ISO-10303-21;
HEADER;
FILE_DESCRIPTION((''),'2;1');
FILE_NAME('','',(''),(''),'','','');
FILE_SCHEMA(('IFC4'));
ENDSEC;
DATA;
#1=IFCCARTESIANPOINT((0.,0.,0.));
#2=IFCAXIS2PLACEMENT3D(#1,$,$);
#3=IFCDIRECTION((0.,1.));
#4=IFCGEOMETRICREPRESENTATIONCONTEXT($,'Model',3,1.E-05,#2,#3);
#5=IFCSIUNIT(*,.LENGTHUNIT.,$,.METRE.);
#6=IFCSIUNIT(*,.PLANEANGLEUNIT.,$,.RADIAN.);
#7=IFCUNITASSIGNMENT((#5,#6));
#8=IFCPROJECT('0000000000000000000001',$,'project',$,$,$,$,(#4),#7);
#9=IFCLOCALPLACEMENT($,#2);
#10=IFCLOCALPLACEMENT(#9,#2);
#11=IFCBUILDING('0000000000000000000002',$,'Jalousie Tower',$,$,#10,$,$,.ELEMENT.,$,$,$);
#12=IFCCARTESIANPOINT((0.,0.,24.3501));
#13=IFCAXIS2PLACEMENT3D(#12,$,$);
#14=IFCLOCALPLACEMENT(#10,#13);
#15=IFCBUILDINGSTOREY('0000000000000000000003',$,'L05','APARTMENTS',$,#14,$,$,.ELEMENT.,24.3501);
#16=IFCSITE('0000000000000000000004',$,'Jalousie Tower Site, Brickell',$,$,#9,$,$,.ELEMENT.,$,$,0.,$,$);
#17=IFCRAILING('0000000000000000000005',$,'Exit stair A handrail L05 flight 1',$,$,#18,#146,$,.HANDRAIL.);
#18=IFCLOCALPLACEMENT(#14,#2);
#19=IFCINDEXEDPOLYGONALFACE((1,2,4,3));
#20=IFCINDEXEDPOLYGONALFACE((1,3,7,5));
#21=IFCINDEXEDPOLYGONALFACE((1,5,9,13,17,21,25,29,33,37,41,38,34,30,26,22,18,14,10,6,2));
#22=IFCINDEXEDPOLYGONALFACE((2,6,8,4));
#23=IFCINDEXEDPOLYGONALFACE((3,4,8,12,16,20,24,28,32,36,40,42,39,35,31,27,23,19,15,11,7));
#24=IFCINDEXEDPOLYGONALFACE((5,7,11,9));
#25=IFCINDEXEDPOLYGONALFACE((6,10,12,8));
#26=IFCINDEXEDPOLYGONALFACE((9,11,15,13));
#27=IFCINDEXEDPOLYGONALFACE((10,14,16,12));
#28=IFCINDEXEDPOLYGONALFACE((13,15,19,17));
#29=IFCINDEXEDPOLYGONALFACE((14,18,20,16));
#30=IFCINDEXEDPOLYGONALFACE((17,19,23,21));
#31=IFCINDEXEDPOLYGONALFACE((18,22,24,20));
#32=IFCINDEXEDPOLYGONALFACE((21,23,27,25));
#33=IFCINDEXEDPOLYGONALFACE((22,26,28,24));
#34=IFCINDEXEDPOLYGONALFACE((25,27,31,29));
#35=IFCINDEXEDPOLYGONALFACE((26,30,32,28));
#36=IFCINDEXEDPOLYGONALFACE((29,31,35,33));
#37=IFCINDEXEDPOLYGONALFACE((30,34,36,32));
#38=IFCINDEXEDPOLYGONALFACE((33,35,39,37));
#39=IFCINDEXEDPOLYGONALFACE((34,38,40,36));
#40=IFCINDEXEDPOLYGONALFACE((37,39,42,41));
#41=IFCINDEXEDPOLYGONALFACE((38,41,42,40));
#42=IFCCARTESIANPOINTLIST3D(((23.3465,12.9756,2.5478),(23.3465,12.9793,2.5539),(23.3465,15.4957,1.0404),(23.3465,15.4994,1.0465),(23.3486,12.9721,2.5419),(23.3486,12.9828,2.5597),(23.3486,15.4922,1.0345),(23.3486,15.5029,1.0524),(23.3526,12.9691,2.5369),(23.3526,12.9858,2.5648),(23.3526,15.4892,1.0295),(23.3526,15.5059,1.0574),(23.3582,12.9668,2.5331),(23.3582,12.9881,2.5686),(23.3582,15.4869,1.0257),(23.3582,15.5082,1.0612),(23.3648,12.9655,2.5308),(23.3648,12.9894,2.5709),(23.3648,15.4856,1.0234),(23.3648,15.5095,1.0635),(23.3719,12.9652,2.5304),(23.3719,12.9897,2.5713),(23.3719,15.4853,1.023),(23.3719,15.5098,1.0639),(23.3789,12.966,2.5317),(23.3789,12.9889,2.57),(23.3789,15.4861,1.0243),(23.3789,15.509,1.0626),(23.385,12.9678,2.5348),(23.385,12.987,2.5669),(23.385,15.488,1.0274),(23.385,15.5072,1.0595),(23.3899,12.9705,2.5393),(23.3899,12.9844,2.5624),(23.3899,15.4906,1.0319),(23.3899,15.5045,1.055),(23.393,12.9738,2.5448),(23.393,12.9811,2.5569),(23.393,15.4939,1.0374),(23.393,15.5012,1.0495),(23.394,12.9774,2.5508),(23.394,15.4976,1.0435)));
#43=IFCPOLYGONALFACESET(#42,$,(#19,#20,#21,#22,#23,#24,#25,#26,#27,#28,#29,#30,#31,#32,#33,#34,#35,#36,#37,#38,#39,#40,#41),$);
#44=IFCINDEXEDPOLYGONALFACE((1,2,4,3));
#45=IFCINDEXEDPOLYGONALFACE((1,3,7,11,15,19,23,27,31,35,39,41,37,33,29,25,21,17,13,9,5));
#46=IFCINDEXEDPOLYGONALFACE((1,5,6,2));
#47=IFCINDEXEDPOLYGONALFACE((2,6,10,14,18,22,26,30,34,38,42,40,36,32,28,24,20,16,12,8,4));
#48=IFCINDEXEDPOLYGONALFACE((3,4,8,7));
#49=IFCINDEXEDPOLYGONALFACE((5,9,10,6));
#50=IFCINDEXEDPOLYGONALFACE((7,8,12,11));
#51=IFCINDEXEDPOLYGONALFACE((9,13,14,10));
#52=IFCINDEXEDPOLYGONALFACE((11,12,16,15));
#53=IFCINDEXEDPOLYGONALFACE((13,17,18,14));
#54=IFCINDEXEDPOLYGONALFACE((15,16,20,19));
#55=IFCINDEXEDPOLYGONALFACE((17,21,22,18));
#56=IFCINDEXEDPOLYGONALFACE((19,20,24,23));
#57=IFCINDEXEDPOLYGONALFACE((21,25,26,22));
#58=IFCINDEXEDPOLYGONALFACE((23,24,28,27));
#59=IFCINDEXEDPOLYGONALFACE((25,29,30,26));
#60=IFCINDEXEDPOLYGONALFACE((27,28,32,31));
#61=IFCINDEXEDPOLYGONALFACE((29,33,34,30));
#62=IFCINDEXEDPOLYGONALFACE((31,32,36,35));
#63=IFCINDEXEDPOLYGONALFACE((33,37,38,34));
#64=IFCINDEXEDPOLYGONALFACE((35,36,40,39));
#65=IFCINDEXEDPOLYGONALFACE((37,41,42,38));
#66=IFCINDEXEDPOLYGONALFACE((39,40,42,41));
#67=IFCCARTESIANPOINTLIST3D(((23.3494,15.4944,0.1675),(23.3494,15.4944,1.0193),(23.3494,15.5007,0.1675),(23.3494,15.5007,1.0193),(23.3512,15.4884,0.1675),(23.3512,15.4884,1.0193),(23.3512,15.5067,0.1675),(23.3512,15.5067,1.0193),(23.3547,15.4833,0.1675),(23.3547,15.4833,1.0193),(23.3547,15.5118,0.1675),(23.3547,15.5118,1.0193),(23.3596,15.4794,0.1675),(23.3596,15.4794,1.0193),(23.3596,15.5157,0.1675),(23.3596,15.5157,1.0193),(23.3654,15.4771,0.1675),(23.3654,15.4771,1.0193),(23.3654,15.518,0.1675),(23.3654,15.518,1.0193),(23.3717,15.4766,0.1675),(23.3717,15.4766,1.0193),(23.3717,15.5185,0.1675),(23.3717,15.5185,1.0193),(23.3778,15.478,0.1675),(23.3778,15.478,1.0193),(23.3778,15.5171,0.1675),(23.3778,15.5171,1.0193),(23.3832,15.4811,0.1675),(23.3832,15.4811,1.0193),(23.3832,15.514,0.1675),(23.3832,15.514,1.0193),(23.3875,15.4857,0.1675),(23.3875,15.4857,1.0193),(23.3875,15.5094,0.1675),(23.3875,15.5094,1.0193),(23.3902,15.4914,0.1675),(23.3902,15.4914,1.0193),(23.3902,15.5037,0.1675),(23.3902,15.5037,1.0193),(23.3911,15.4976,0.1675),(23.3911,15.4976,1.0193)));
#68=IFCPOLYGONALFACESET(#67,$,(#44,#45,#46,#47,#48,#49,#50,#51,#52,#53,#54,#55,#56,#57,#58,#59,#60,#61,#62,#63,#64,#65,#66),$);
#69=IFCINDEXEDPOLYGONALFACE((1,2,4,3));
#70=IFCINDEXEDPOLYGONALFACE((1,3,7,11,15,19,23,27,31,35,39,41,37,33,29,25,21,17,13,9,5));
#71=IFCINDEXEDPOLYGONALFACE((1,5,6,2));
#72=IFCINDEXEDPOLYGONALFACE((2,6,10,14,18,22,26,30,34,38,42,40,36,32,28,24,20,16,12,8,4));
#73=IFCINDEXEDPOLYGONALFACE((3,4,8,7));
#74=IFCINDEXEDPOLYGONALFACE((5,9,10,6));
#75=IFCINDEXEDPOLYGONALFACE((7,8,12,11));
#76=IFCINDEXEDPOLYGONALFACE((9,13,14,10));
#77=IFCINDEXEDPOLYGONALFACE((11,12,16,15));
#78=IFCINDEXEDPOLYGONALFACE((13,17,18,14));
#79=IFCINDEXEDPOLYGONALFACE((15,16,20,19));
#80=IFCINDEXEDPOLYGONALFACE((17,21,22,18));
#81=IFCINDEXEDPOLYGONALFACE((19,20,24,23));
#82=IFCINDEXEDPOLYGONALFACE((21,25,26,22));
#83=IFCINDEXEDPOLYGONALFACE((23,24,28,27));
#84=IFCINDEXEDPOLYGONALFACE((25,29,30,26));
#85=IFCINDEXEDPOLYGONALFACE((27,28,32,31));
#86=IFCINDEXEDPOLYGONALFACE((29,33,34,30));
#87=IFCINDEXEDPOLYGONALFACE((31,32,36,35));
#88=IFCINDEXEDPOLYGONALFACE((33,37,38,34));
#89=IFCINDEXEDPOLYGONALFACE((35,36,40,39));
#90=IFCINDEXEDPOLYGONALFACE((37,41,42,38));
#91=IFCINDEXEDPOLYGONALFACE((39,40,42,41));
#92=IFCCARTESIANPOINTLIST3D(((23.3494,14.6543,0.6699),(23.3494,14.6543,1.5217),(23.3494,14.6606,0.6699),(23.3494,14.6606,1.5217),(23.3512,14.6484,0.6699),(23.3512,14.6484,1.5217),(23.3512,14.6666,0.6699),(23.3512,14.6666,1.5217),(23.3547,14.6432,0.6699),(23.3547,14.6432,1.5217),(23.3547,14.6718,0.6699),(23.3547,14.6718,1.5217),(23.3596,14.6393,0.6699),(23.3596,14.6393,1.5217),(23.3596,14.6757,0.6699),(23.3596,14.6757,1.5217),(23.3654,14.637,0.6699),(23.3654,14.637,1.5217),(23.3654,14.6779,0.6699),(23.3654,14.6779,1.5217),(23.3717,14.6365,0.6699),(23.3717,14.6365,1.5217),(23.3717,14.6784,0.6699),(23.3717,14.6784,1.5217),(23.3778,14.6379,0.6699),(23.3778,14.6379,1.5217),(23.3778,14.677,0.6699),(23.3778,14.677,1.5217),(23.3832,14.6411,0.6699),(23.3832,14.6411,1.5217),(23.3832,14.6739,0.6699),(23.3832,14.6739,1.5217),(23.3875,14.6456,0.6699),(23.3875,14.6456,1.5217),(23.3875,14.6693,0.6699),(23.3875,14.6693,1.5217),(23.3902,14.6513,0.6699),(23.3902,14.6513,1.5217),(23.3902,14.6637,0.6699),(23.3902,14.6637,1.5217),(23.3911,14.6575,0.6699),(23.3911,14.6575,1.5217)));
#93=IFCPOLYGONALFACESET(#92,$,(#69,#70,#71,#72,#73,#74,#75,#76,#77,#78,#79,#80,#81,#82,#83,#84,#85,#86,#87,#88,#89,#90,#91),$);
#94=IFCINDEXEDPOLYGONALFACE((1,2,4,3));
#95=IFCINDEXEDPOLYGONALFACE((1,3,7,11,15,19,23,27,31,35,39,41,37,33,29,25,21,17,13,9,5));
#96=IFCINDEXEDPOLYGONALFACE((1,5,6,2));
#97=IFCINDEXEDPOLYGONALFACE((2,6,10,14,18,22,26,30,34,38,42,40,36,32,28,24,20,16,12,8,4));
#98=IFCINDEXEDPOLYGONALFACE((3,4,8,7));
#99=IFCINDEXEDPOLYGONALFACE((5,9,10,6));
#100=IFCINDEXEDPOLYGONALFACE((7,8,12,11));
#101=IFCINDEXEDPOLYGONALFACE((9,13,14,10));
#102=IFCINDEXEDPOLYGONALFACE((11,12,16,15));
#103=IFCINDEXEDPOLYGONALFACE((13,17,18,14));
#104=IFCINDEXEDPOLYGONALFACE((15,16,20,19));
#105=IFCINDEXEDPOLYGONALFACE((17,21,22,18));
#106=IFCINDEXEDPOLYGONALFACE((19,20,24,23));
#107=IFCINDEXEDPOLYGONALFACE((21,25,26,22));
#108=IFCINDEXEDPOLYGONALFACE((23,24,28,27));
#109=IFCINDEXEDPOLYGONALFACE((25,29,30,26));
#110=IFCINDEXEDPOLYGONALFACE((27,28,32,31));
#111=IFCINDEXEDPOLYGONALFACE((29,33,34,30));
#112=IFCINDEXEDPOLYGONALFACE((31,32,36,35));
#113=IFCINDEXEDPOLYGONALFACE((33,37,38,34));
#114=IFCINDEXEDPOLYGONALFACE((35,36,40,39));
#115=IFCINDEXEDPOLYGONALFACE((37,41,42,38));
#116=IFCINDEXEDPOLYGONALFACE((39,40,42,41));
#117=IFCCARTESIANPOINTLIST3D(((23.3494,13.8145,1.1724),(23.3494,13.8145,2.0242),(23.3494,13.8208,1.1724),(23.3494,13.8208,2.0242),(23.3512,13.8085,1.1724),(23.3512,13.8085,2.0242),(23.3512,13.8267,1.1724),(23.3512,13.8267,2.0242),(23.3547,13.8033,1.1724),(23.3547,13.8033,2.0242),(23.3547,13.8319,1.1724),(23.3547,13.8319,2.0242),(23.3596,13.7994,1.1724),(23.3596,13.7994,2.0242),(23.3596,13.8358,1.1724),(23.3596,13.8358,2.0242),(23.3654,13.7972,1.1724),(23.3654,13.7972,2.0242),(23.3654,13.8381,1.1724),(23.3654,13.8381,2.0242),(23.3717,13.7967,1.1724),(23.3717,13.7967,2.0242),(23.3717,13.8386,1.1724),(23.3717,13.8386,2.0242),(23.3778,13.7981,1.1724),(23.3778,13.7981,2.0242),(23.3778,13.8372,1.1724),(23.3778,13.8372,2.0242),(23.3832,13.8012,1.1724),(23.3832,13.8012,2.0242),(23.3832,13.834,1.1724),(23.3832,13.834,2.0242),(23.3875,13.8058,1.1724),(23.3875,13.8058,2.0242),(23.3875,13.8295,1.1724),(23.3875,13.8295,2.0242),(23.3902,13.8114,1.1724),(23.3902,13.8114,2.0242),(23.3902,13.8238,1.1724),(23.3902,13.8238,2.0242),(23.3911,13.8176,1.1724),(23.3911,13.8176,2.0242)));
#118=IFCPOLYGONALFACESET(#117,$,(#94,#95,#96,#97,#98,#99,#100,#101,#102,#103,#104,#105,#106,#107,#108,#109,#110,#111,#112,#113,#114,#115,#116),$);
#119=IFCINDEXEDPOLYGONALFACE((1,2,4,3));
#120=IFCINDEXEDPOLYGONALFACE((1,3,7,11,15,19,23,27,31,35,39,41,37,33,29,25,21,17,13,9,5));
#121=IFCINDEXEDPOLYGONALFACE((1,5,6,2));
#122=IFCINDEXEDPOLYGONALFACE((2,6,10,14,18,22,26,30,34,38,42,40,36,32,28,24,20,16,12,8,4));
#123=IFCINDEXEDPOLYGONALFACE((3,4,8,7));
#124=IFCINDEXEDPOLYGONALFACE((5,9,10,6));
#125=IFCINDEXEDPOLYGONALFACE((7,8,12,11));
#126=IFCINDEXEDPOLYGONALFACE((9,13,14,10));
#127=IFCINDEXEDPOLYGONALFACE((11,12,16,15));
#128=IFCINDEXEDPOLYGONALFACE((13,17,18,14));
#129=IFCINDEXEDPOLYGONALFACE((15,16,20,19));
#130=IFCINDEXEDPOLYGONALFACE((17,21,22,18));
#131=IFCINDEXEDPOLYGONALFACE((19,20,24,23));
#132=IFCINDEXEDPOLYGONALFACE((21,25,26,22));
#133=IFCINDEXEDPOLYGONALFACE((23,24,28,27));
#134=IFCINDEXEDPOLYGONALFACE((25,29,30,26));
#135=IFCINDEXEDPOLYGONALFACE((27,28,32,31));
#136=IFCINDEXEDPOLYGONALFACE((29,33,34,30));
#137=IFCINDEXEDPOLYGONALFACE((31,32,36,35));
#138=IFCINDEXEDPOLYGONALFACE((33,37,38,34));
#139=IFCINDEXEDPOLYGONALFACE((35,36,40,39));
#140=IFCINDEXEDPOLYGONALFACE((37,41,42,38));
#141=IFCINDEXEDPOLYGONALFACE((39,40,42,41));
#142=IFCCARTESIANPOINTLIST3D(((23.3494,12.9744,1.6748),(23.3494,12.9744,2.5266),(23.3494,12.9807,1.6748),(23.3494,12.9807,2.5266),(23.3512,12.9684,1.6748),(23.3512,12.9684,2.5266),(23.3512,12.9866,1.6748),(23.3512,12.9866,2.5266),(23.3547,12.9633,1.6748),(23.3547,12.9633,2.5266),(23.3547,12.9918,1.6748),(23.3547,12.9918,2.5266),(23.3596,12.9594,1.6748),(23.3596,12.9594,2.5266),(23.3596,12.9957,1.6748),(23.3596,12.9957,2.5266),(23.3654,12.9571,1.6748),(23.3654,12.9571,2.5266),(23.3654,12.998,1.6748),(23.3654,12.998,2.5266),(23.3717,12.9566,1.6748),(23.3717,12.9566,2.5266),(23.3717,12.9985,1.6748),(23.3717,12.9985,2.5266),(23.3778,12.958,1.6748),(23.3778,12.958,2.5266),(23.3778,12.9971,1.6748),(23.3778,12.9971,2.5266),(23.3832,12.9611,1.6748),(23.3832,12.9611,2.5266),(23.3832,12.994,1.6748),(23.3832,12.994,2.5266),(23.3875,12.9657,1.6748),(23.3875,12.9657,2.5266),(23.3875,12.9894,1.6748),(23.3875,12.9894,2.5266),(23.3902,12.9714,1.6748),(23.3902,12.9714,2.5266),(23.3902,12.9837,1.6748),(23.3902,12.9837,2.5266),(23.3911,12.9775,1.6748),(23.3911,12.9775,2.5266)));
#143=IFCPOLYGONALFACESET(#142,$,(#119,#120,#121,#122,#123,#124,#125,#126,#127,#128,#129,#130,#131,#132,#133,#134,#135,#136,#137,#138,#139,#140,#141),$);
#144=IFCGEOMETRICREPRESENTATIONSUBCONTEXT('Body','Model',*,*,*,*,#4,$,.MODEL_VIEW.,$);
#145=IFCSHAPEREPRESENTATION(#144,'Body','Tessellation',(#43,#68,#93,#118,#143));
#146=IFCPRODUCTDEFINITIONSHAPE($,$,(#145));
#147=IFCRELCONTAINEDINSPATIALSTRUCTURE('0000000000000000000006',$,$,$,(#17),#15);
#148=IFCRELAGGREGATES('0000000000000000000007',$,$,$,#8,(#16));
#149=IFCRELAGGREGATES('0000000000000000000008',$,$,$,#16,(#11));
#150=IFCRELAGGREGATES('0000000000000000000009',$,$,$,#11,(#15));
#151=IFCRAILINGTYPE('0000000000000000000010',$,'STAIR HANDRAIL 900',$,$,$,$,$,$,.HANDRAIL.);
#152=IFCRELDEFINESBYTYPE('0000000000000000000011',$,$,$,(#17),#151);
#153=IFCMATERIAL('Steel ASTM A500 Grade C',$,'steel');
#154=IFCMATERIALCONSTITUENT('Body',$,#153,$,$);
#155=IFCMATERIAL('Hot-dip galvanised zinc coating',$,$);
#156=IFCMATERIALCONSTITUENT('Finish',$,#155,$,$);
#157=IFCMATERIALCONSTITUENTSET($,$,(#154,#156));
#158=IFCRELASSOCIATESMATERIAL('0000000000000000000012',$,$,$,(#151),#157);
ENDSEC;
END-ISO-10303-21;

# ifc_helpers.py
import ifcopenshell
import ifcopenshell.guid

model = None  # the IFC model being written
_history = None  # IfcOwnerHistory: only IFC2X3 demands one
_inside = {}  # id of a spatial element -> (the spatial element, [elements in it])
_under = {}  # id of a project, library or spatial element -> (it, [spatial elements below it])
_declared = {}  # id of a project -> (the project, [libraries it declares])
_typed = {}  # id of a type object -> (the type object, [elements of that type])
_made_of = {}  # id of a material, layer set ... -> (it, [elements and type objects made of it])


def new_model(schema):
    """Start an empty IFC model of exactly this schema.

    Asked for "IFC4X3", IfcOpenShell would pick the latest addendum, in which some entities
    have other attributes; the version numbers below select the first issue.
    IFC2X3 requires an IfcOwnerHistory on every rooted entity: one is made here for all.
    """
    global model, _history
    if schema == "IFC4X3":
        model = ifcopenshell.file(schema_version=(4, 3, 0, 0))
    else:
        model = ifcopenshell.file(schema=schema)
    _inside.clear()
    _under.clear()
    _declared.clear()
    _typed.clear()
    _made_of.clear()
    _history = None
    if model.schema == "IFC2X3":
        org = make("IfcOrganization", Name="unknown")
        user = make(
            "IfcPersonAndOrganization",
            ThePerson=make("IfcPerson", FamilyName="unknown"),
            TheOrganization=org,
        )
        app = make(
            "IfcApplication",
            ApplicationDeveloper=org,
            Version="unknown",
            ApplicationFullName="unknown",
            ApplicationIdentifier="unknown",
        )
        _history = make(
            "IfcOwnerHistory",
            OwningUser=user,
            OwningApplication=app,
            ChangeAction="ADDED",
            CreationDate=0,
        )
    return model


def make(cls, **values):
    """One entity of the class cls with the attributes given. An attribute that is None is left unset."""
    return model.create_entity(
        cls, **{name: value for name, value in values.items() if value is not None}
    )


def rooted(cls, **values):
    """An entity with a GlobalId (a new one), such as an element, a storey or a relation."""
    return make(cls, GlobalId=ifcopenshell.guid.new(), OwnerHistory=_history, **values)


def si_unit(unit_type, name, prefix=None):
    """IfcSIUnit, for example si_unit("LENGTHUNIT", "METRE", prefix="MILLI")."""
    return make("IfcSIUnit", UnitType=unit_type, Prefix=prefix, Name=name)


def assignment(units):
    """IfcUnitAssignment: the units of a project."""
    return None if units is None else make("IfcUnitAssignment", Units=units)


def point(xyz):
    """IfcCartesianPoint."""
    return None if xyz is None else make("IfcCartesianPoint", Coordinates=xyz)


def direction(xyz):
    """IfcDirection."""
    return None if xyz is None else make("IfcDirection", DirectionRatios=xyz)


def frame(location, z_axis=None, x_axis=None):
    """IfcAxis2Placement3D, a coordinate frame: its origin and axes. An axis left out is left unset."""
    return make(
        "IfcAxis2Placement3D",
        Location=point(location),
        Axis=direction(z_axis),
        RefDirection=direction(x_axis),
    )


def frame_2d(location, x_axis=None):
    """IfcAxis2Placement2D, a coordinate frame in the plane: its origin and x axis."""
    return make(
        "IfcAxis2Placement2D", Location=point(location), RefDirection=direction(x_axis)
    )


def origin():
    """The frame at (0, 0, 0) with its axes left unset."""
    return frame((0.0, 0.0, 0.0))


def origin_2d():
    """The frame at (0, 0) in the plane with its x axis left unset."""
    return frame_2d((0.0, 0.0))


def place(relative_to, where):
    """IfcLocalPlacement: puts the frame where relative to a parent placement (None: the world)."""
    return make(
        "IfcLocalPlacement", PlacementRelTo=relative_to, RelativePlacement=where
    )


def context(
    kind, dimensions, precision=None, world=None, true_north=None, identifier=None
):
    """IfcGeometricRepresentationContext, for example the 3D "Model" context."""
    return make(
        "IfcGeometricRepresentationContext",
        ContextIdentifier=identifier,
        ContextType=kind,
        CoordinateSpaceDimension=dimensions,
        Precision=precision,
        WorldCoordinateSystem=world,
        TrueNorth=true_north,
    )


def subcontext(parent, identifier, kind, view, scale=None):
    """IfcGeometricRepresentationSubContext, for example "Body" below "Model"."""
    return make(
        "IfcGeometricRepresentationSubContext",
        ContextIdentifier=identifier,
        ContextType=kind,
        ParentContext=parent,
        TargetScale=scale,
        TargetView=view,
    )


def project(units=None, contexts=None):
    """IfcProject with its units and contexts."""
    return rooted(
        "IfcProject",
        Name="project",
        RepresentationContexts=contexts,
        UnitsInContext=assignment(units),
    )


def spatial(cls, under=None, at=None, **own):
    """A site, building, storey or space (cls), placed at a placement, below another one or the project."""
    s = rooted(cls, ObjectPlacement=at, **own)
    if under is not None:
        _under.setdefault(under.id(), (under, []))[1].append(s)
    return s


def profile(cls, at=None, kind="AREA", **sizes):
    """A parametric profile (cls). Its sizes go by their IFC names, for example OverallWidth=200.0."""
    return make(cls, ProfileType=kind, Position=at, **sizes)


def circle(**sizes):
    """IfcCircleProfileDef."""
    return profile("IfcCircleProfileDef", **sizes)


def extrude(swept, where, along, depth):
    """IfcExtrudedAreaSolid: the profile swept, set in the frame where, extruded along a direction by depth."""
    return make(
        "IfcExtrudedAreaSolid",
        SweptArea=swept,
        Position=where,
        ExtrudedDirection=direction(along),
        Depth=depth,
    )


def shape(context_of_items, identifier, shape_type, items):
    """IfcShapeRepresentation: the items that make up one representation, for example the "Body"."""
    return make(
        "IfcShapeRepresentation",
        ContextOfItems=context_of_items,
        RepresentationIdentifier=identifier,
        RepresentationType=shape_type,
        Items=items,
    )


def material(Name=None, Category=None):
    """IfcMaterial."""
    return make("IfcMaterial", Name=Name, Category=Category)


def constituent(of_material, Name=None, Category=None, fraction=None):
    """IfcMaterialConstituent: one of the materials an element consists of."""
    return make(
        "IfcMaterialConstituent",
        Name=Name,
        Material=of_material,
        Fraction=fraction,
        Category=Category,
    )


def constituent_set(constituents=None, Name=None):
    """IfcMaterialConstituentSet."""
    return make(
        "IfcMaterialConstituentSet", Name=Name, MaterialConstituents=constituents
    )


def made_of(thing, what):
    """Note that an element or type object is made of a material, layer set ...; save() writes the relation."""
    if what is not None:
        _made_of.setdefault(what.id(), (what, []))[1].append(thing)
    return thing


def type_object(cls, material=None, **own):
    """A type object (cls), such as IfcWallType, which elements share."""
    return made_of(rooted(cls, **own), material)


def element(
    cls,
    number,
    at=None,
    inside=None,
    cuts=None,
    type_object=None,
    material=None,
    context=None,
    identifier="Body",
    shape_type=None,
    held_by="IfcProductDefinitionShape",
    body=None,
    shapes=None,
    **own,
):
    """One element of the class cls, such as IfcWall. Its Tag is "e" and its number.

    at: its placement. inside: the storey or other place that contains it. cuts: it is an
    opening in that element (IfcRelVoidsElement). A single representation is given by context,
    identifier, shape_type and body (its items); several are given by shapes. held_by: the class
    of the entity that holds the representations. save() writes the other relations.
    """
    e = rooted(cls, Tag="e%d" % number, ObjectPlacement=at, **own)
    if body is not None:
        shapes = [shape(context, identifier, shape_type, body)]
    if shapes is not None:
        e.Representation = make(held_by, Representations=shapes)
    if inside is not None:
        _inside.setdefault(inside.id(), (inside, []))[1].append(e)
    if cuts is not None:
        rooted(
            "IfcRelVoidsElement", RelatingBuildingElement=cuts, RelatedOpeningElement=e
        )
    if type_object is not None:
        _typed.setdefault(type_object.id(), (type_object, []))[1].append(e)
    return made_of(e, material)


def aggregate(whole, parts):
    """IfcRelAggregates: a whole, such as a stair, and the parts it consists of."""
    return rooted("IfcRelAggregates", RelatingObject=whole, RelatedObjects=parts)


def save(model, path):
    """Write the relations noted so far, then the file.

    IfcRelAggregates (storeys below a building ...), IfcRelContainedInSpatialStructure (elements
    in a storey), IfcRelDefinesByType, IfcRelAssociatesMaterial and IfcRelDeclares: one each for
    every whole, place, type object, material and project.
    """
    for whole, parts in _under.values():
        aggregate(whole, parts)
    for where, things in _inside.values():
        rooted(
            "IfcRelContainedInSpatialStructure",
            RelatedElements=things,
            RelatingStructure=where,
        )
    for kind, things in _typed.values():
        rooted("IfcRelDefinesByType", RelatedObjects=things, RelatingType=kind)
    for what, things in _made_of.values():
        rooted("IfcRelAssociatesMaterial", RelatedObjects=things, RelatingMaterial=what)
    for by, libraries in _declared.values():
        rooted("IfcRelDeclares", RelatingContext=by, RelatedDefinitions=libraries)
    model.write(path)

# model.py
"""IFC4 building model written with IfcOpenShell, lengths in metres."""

from ifc_helpers import new_model, si_unit, direction, frame, origin, origin_2d, place, context, subcontext, project, spatial, circle, extrude, material, constituent, constituent_set, type_object, element, save


model = new_model("IFC4")

# Units and contexts
model_context = context("Model", 3, precision=1e-05, world=origin(), true_north=direction((0.0, 1.0)))
body_context = subcontext(model_context, "Body", "Model", "MODEL_VIEW")
ifc_project = project(units=[si_unit("LENGTHUNIT", "METRE"), si_unit("PLANEANGLEUNIT", "RADIAN")], contexts=[model_context])

# Site, building, storey
site_placement = place(None, origin())
site = spatial("IfcSite", under=ifc_project, at=site_placement, Name="Jalousie Tower Site, Brickell", CompositionType="ELEMENT", RefElevation=0.0)
building_placement = place(site_placement, origin())
building = spatial("IfcBuilding", under=site, at=building_placement, Name="Jalousie Tower", CompositionType="ELEMENT")
storey_placement = place(building_placement, frame((0.0, 0.0, 24.3501)))
storey = spatial("IfcBuildingStorey", under=building, at=storey_placement, Name="L05", Description="APARTMENTS", CompositionType="ELEMENT", Elevation=24.3501)

# Railing
ifc_material_1 = material(Name="Steel ASTM A500 Grade C", Category="steel")
ifc_constituent_1 = constituent(ifc_material_1, Name="Body")
ifc_material_2 = material(Name="Hot-dip galvanised zinc coating")
ifc_constituent_2 = constituent(ifc_material_2, Name="Finish")
ifc_constituent_set_1 = constituent_set(constituents=[ifc_constituent_1, ifc_constituent_2])
railing_type_1 = type_object("IfcRailingType", Name="STAIR HANDRAIL 900", PredefinedType="HANDRAIL", material=ifc_constituent_set_1)
railing_1_placement = place(storey_placement, frame((23.3701, 15.4976, 0.1675)))
element("IfcRailing", 1, at=railing_1_placement, inside=storey, type_object=railing_type_1, Name="Exit stair A handrail L05 flight 1", PredefinedType="HANDRAIL", context=body_context, shape_type="SweptSolid", body=[
    extrude(circle(Radius=0.0239, at=origin_2d()), frame((0.0, 0.0, 0.876), z_axis=(0.0, -0.858196, 0.513321), x_axis=(1.0, 0.0, 0.0)), (0.0, 0.0, 1.0), 2.9365),
    extrude(circle(Radius=0.021, at=origin_2d()), origin(), (0.0, 0.0, 1.0), 0.8518),
    extrude(circle(Radius=0.021, at=origin_2d()), frame((0.0, -0.8401, 0.5024)), (0.0, 0.0, 1.0), 0.8518),
    extrude(circle(Radius=0.021, at=origin_2d()), frame((0.0, -1.6799, 1.0049)), (0.0, 0.0, 1.0), 0.8518),
    extrude(circle(Radius=0.021, at=origin_2d()), frame((0.0, -2.52, 1.5073)), (0.0, 0.0, 1.0), 0.8518),
])

save(model, "model.ifc")
